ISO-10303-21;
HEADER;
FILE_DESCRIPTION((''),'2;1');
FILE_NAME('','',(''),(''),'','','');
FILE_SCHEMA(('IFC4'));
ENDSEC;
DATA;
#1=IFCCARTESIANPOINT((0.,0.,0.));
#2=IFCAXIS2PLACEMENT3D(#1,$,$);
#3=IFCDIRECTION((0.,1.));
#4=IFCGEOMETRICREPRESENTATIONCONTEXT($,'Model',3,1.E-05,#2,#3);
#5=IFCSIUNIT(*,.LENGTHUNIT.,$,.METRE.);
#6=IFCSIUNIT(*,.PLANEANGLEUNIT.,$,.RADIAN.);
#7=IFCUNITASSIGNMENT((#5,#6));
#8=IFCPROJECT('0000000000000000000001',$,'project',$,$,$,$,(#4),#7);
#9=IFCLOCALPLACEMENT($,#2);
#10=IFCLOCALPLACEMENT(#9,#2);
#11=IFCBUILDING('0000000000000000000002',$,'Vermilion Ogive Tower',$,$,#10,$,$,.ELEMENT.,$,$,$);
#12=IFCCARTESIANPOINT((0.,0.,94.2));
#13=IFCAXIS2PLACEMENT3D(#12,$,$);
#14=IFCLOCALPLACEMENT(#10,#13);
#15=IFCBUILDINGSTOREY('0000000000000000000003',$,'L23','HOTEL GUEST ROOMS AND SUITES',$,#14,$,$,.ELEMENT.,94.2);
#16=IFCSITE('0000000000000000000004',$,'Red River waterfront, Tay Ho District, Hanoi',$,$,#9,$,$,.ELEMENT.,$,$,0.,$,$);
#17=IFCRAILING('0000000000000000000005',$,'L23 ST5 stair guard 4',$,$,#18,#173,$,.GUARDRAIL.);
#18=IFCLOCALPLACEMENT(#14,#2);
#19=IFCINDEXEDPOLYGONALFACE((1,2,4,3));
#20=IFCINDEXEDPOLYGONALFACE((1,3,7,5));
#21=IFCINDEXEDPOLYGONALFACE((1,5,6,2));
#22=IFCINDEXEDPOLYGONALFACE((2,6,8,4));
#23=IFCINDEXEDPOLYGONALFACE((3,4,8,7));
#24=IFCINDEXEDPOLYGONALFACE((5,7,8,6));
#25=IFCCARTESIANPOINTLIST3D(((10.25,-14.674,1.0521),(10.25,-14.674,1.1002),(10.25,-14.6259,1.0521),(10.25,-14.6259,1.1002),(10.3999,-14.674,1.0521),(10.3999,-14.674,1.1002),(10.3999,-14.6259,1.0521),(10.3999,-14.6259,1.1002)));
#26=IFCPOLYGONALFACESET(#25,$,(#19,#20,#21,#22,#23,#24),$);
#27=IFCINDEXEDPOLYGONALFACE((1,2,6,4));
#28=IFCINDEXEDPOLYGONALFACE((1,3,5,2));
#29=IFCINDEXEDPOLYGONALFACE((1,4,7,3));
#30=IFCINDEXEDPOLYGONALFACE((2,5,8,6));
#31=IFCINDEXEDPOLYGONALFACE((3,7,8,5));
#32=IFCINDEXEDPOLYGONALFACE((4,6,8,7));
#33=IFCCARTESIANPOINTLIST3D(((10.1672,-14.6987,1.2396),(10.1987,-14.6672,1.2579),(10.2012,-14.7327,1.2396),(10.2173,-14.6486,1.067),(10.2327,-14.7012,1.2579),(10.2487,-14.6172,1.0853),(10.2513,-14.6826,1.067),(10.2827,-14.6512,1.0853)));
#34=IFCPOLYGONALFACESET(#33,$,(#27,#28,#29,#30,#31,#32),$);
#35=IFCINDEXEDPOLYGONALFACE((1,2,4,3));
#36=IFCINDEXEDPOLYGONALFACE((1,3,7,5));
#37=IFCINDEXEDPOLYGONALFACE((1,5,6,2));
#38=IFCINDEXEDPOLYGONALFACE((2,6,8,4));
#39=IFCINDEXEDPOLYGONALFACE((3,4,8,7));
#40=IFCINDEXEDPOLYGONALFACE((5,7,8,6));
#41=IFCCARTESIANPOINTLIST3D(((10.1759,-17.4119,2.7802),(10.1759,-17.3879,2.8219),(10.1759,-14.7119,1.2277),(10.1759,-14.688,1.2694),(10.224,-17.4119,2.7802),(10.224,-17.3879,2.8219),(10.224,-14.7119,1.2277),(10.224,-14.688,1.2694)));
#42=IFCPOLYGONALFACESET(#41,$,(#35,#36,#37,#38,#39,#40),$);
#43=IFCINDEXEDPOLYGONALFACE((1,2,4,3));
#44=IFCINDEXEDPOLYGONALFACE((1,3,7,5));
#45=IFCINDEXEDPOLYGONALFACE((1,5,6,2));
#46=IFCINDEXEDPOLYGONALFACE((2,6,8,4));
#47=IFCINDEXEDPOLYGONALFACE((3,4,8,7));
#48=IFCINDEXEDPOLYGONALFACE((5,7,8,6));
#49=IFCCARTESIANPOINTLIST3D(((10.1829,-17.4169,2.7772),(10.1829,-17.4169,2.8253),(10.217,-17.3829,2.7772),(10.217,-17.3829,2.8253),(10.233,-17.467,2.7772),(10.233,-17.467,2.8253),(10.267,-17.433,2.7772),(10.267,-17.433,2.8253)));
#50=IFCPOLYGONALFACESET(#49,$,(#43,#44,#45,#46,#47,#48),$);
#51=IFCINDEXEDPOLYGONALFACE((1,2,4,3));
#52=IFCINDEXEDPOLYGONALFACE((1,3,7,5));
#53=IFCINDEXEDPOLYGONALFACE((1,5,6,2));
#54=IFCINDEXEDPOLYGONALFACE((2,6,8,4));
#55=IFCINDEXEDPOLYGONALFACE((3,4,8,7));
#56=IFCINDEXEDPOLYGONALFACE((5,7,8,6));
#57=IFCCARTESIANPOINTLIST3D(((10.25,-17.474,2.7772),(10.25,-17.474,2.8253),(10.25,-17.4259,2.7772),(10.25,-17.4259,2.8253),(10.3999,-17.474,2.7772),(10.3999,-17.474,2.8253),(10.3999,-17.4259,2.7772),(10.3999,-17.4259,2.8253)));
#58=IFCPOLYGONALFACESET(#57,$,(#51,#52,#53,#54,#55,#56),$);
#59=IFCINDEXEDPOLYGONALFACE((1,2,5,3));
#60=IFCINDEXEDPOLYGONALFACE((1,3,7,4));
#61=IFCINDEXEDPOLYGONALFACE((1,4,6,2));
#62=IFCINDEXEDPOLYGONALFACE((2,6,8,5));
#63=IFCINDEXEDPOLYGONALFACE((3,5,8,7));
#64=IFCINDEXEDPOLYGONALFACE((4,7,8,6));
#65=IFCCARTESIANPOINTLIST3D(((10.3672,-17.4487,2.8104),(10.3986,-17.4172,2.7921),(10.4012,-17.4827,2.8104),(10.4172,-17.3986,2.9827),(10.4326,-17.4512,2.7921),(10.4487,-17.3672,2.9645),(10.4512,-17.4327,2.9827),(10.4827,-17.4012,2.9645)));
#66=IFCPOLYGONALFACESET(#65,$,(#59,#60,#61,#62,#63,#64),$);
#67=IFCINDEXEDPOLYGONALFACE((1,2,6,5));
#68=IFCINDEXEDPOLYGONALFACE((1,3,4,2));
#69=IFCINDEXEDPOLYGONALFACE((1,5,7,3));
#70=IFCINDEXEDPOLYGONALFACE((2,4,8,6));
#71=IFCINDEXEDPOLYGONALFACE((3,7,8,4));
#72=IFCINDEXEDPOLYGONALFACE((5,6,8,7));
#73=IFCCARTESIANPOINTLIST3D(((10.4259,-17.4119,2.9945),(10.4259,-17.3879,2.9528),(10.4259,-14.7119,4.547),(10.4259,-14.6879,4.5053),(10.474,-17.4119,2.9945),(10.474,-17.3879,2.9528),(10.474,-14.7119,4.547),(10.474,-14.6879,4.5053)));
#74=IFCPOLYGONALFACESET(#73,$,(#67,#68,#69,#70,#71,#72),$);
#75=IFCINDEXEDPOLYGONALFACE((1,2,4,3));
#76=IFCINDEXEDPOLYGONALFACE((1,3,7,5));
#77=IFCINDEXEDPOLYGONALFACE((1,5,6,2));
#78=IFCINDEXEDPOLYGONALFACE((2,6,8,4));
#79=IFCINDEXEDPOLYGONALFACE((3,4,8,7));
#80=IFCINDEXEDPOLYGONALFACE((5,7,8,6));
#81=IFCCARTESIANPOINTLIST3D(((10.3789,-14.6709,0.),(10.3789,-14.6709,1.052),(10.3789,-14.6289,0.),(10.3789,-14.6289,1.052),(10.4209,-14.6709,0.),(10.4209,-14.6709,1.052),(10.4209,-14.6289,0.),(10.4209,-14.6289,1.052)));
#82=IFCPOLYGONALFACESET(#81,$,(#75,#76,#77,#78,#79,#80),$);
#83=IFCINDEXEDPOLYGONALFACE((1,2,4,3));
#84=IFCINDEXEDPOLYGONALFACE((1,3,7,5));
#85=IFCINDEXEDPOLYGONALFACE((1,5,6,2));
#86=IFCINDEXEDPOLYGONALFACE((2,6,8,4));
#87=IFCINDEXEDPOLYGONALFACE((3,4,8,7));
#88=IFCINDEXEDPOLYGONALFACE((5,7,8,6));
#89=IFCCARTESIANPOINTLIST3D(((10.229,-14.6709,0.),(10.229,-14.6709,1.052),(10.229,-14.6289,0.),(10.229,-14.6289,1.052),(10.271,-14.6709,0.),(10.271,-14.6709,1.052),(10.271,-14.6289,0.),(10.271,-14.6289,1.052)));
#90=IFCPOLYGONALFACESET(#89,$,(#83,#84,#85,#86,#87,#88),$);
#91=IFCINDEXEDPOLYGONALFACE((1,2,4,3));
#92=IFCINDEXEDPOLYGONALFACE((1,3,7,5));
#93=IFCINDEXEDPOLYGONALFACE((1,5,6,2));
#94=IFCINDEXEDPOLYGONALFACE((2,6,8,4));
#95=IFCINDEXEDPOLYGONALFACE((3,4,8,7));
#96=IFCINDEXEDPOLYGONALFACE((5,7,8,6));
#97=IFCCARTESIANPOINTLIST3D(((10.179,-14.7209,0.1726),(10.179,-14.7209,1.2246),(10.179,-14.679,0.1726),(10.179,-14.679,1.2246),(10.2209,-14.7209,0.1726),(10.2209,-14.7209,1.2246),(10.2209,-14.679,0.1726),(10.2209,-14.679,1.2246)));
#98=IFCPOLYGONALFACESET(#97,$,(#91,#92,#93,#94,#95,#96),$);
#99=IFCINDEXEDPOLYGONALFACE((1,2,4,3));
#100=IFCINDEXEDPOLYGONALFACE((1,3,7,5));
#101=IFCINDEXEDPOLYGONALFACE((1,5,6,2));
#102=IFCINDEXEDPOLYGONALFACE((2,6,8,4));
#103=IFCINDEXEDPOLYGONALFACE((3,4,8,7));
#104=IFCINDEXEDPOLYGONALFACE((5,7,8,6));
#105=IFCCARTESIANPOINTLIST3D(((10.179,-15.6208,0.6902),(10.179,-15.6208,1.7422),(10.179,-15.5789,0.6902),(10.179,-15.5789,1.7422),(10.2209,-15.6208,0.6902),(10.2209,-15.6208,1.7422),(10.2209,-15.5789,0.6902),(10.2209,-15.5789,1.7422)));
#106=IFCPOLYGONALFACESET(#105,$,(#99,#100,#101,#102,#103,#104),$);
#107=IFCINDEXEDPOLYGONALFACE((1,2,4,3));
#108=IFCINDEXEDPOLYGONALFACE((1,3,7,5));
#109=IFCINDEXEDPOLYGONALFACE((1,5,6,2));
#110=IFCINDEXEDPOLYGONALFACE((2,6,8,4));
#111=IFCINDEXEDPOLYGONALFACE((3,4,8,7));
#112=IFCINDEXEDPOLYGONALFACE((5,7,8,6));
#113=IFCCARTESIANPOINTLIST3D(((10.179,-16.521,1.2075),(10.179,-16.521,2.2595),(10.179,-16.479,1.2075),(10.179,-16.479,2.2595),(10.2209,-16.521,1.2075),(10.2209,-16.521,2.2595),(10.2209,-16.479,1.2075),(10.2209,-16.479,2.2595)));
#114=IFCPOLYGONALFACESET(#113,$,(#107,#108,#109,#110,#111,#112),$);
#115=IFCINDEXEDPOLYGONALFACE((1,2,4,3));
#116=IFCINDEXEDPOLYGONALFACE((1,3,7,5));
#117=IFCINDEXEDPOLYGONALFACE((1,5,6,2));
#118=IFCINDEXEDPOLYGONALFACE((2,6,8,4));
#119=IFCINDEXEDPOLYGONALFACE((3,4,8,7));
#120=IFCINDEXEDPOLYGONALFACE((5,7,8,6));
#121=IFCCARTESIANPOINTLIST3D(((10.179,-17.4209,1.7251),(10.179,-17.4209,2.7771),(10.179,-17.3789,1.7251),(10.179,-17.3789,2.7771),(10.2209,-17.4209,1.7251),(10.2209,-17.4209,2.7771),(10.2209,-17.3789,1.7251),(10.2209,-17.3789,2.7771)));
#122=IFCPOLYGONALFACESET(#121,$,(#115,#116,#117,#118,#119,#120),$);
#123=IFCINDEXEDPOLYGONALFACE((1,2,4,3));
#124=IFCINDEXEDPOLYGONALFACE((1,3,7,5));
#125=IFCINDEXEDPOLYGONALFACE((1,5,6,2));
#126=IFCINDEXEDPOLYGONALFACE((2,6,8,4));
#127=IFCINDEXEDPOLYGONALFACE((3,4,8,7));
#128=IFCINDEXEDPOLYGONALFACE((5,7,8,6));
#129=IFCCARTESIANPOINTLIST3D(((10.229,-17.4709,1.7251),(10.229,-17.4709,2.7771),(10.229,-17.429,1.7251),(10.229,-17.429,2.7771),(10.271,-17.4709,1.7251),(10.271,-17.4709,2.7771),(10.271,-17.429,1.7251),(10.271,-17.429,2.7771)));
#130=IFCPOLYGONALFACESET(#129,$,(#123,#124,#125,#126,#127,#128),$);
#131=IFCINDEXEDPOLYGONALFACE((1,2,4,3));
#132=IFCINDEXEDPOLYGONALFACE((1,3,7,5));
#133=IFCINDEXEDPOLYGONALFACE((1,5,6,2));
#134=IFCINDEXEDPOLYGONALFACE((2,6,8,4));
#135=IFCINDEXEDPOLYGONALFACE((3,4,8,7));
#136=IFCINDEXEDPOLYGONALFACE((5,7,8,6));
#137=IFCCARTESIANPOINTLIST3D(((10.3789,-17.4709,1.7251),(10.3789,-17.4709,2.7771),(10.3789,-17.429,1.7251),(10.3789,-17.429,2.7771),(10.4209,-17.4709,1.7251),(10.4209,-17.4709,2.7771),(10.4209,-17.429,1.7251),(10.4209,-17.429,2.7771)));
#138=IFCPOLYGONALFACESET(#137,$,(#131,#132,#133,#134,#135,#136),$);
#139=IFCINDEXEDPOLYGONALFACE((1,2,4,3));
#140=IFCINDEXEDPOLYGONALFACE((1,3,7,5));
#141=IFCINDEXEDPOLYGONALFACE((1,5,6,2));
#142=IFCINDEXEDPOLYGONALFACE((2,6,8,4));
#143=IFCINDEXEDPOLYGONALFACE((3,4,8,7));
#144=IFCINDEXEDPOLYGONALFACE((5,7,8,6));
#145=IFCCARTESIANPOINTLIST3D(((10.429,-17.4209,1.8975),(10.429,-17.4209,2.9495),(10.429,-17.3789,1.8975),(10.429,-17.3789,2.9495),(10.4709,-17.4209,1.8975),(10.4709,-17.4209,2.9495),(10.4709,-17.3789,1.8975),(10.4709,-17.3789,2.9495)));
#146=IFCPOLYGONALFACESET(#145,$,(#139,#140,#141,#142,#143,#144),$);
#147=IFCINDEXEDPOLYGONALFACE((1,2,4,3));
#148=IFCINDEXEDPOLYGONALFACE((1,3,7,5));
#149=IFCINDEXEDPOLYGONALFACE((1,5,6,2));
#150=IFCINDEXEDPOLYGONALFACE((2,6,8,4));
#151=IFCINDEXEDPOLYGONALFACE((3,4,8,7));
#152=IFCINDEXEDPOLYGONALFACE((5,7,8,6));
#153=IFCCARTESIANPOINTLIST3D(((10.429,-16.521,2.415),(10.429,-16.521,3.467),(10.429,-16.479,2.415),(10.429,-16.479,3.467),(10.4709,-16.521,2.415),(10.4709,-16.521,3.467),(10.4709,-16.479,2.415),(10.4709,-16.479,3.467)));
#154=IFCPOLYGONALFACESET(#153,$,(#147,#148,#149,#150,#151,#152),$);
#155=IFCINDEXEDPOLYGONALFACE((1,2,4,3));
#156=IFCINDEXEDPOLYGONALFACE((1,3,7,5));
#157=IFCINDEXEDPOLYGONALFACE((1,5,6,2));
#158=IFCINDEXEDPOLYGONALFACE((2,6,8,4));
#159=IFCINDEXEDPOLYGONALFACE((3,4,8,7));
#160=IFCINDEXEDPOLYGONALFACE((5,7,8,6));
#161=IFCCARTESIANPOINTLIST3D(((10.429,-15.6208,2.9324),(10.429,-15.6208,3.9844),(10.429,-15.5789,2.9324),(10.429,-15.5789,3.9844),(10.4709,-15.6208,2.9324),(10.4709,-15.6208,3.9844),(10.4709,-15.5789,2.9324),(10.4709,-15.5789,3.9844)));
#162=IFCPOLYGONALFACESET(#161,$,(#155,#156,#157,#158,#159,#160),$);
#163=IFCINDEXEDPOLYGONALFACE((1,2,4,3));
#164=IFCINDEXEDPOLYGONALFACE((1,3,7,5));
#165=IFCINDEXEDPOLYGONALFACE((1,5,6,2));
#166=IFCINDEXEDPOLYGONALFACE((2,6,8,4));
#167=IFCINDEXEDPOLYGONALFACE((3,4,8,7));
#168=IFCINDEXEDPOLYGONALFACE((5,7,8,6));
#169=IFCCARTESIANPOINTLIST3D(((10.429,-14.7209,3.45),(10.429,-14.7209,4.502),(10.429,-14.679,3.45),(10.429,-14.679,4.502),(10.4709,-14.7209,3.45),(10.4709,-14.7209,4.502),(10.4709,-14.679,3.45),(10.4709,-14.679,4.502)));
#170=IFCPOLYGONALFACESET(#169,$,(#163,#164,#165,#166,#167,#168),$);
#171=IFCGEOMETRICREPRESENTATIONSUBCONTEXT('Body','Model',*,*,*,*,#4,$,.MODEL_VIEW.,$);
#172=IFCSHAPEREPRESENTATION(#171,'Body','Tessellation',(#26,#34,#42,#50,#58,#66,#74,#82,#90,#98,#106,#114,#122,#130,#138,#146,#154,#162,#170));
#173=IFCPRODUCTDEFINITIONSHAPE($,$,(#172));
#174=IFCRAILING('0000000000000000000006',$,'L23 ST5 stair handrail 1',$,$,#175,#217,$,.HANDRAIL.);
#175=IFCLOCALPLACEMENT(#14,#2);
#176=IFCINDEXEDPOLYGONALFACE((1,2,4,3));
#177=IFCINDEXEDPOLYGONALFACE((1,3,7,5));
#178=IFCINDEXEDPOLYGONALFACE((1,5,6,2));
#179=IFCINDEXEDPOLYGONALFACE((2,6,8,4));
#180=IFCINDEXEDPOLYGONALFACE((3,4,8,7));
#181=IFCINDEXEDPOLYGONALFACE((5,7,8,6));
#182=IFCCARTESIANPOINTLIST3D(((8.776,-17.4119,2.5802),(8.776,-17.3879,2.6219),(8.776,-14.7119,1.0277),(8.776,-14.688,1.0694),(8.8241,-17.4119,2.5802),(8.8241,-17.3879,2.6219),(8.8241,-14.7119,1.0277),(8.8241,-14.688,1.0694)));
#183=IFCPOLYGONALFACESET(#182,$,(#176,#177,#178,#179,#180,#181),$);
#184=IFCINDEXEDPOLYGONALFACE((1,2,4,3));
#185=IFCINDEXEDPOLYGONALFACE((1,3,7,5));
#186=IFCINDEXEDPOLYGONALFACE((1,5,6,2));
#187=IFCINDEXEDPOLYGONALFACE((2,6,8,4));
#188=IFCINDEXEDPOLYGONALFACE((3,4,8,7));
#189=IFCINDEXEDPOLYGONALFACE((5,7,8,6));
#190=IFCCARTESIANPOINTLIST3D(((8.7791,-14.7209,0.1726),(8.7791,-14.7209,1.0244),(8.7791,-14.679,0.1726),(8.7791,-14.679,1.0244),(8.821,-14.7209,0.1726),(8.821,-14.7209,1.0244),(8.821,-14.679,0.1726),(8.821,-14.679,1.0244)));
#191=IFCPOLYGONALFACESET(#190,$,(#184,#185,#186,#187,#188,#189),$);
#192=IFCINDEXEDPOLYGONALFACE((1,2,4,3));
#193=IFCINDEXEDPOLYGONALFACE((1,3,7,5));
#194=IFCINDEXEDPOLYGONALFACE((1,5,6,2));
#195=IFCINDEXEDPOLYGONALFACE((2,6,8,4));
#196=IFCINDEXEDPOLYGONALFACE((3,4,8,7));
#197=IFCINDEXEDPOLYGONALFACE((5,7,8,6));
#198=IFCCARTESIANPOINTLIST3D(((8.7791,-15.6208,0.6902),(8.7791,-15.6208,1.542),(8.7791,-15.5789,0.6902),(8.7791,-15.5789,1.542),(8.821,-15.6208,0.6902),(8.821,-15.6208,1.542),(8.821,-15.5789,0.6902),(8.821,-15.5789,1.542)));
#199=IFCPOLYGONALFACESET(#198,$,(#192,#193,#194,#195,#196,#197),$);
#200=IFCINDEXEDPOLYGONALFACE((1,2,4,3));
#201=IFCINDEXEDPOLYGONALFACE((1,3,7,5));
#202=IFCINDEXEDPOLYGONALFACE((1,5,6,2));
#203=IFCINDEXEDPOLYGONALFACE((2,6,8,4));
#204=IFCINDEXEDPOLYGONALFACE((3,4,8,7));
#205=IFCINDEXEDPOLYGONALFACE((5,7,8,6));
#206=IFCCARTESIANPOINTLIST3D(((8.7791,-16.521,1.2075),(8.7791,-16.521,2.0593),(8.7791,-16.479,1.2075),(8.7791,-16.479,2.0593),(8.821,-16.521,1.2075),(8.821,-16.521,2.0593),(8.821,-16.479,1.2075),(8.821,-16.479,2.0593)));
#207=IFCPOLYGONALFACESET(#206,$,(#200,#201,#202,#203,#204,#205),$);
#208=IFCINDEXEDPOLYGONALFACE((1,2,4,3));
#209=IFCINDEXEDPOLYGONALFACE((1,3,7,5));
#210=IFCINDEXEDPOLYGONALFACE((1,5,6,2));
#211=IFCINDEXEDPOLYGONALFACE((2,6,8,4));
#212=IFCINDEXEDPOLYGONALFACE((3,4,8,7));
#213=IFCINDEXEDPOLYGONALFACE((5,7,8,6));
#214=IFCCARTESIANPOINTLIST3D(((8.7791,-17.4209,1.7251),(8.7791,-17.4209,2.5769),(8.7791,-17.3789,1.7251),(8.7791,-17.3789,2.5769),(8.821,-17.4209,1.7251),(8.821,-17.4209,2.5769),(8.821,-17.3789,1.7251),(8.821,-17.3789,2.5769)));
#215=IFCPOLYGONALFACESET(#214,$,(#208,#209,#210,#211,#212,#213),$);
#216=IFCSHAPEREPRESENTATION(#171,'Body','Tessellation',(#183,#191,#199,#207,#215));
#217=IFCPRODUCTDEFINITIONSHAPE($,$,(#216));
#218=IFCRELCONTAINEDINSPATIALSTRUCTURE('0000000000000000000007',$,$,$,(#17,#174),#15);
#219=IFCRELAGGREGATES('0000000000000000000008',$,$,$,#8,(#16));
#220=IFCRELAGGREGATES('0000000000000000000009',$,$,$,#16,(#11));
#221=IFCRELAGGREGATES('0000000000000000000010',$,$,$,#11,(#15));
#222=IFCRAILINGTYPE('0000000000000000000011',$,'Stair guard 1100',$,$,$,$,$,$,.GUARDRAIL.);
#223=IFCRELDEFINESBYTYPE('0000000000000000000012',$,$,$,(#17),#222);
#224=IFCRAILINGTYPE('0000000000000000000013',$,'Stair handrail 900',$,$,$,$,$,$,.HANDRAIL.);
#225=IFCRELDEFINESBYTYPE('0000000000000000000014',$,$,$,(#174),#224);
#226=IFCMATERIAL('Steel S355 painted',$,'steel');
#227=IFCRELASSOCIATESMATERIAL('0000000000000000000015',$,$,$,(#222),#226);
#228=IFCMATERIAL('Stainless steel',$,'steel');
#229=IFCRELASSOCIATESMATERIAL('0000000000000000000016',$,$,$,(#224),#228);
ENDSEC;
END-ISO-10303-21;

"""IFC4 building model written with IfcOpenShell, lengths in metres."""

from ifc_helpers import new_model, si_unit, direction, frame, origin, origin_2d, place, context, subcontext, project, spatial, rectangle, extrude, material, type_object, element, save


model = new_model("IFC4")

# Units and contexts
model_context = context("Model", 3, precision=1e-05, world=origin(), true_north=direction((0.0, 1.0)))
body_context = subcontext(model_context, "Body", "Model", "MODEL_VIEW")
ifc_project = project(units=[si_unit("LENGTHUNIT", "METRE"), si_unit("PLANEANGLEUNIT", "RADIAN")], contexts=[model_context])

# Site, building, storey
site_placement = place(None, origin())
site = spatial("IfcSite", under=ifc_project, at=site_placement, Name="Red River waterfront, Tay Ho District, Hanoi", CompositionType="ELEMENT", RefElevation=0.0)
building_placement = place(site_placement, origin())
building = spatial("IfcBuilding", under=site, at=building_placement, Name="Vermilion Ogive Tower", CompositionType="ELEMENT")
storey_placement = place(building_placement, frame((0.0, 0.0, 94.2)))
storey = spatial("IfcBuildingStorey", under=building, at=storey_placement, Name="L23", Description="HOTEL GUEST ROOMS AND SUITES", CompositionType="ELEMENT", Elevation=94.2)

# Railings
ifc_material_1 = material(Name="Steel S355 painted", Category="steel")
railing_type_1 = type_object("IfcRailingType", Name="Stair guard 1100", PredefinedType="GUARDRAIL", material=ifc_material_1)
railing_1_placement = place(storey_placement, frame((10.3999, -14.6499, 0.0)))
element("IfcRailing", 1, at=railing_1_placement, inside=storey, type_object=railing_type_1, Name="L23 ST5 stair guard 4", PredefinedType="GUARDRAIL", context=body_context, shape_type="SweptSolid", body=[
    extrude(rectangle(XDim=0.0481, YDim=0.0481, at=origin_2d()), frame((0.0, 0.0, 1.0762), z_axis=(-1.0, 0.0, 0.0), x_axis=(0.0, -1.0, 0.0)), (0.0, 0.0, 1.0), 0.1499),
    extrude(rectangle(XDim=0.0481, YDim=0.0481, at=origin_2d()), frame((-0.1499, 0.0, 1.0762), z_axis=(-0.268278, -0.268278, 0.925232), x_axis=(0.707107, -0.707107, 0.0)), (0.0, 0.0, 1.0), 0.1865),
    extrude(rectangle(XDim=0.0481, YDim=0.0481, at=origin_2d()), frame((-0.2, -0.05, 1.2485), z_axis=(0.0, -0.866904, 0.498476), x_axis=(1.0, 0.0, 0.0)), (0.0, 0.0, 1.0), 3.1145),
    extrude(rectangle(XDim=0.0481, YDim=0.0481, at=origin_2d()), frame((-0.2, -2.75, 2.8013), z_axis=(0.707107, -0.707107, 0.0), x_axis=(0.707107, 0.707107, 0.0)), (0.0, 0.0, 1.0), 0.0708),
    extrude(rectangle(XDim=0.0481, YDim=0.0481, at=origin_2d()), frame((-0.1499, -2.8, 2.8013), z_axis=(1.0, 0.0, 0.0), x_axis=(0.0, 1.0, 0.0)), (0.0, 0.0, 1.0), 0.1499),
    extrude(rectangle(XDim=0.0481, YDim=0.0481, at=origin_2d()), frame((0.0, -2.8, 2.8013), z_axis=(0.268603, 0.268603, 0.925043), x_axis=(-0.707107, 0.707107, 0.0)), (0.0, 0.0, 1.0), 0.1863),
    extrude(rectangle(XDim=0.0481, YDim=0.0481, at=origin_2d()), frame((0.05, -2.75, 2.9736), z_axis=(0.0, 0.866904, 0.498476), x_axis=(-1.0, 0.0, 0.0)), (0.0, 0.0, 1.0), 3.1145),
    extrude(rectangle(XDim=0.042, YDim=0.042, at=origin_2d()), origin(), (0.0, 0.0, 1.0), 1.052),
    extrude(rectangle(XDim=0.042, YDim=0.042, at=origin_2d()), frame((-0.1499, 0.0, 0.0)), (0.0, 0.0, 1.0), 1.052),
    extrude(rectangle(XDim=0.042, YDim=0.042, at=origin_2d()), frame((-0.2, -0.05, 0.1726)), (0.0, 0.0, 1.0), 1.052),
    extrude(rectangle(XDim=0.042, YDim=0.042, at=origin_2d()), frame((-0.2, -0.95, 0.6902)), (0.0, 0.0, 1.0), 1.052),
    extrude(rectangle(XDim=0.042, YDim=0.042, at=origin_2d()), frame((-0.2, -1.8501, 1.2075)), (0.0, 0.0, 1.0), 1.052),
    extrude(rectangle(XDim=0.042, YDim=0.042, at=origin_2d()), frame((-0.2, -2.75, 1.7251)), (0.0, 0.0, 1.0), 1.052),
    extrude(rectangle(XDim=0.042, YDim=0.042, at=origin_2d()), frame((-0.1499, -2.8, 1.7251)), (0.0, 0.0, 1.0), 1.052),
    extrude(rectangle(XDim=0.042, YDim=0.042, at=origin_2d()), frame((0.0, -2.8, 1.7251)), (0.0, 0.0, 1.0), 1.052),
    extrude(rectangle(XDim=0.042, YDim=0.042, at=origin_2d()), frame((0.05, -2.75, 1.8975)), (0.0, 0.0, 1.0), 1.052),
    extrude(rectangle(XDim=0.042, YDim=0.042, at=origin_2d()), frame((0.05, -1.8501, 2.415)), (0.0, 0.0, 1.0), 1.052),
    extrude(rectangle(XDim=0.042, YDim=0.042, at=origin_2d()), frame((0.05, -0.95, 2.9324)), (0.0, 0.0, 1.0), 1.052),
    extrude(rectangle(XDim=0.042, YDim=0.042, at=origin_2d()), frame((0.05, -0.05, 3.45)), (0.0, 0.0, 1.0), 1.052),
])
ifc_material_2 = material(Name="Stainless steel", Category="steel")
railing_type_2 = type_object("IfcRailingType", Name="Stair handrail 900", PredefinedType="HANDRAIL", material=ifc_material_2)
railing_2_placement = place(storey_placement, frame((8.8, -14.7, 0.1726)))
element("IfcRailing", 2, at=railing_2_placement, inside=storey, type_object=railing_type_2, Name="L23 ST5 stair handrail 1", PredefinedType="HANDRAIL", context=body_context, shape_type="SweptSolid", body=[
    extrude(rectangle(XDim=0.0481, YDim=0.0481, at=origin_2d()), frame((0.0, 0.0, 0.876), z_axis=(0.0, -0.866904, 0.498476), x_axis=(1.0, 0.0, 0.0)), (0.0, 0.0, 1.0), 3.1145),
    extrude(rectangle(XDim=0.042, YDim=0.042, at=origin_2d()), origin(), (0.0, 0.0, 1.0), 0.8518),
    extrude(rectangle(XDim=0.042, YDim=0.042, at=origin_2d()), frame((0.0, -0.8999, 0.5176)), (0.0, 0.0, 1.0), 0.8518),
    extrude(rectangle(XDim=0.042, YDim=0.042, at=origin_2d()), frame((0.0, -1.8, 1.0349)), (0.0, 0.0, 1.0), 0.8518),
    extrude(rectangle(XDim=0.042, YDim=0.042, at=origin_2d()), frame((0.0, -2.7, 1.5525)), (0.0, 0.0, 1.0), 0.8518),
])

save(model, "model.ifc")
